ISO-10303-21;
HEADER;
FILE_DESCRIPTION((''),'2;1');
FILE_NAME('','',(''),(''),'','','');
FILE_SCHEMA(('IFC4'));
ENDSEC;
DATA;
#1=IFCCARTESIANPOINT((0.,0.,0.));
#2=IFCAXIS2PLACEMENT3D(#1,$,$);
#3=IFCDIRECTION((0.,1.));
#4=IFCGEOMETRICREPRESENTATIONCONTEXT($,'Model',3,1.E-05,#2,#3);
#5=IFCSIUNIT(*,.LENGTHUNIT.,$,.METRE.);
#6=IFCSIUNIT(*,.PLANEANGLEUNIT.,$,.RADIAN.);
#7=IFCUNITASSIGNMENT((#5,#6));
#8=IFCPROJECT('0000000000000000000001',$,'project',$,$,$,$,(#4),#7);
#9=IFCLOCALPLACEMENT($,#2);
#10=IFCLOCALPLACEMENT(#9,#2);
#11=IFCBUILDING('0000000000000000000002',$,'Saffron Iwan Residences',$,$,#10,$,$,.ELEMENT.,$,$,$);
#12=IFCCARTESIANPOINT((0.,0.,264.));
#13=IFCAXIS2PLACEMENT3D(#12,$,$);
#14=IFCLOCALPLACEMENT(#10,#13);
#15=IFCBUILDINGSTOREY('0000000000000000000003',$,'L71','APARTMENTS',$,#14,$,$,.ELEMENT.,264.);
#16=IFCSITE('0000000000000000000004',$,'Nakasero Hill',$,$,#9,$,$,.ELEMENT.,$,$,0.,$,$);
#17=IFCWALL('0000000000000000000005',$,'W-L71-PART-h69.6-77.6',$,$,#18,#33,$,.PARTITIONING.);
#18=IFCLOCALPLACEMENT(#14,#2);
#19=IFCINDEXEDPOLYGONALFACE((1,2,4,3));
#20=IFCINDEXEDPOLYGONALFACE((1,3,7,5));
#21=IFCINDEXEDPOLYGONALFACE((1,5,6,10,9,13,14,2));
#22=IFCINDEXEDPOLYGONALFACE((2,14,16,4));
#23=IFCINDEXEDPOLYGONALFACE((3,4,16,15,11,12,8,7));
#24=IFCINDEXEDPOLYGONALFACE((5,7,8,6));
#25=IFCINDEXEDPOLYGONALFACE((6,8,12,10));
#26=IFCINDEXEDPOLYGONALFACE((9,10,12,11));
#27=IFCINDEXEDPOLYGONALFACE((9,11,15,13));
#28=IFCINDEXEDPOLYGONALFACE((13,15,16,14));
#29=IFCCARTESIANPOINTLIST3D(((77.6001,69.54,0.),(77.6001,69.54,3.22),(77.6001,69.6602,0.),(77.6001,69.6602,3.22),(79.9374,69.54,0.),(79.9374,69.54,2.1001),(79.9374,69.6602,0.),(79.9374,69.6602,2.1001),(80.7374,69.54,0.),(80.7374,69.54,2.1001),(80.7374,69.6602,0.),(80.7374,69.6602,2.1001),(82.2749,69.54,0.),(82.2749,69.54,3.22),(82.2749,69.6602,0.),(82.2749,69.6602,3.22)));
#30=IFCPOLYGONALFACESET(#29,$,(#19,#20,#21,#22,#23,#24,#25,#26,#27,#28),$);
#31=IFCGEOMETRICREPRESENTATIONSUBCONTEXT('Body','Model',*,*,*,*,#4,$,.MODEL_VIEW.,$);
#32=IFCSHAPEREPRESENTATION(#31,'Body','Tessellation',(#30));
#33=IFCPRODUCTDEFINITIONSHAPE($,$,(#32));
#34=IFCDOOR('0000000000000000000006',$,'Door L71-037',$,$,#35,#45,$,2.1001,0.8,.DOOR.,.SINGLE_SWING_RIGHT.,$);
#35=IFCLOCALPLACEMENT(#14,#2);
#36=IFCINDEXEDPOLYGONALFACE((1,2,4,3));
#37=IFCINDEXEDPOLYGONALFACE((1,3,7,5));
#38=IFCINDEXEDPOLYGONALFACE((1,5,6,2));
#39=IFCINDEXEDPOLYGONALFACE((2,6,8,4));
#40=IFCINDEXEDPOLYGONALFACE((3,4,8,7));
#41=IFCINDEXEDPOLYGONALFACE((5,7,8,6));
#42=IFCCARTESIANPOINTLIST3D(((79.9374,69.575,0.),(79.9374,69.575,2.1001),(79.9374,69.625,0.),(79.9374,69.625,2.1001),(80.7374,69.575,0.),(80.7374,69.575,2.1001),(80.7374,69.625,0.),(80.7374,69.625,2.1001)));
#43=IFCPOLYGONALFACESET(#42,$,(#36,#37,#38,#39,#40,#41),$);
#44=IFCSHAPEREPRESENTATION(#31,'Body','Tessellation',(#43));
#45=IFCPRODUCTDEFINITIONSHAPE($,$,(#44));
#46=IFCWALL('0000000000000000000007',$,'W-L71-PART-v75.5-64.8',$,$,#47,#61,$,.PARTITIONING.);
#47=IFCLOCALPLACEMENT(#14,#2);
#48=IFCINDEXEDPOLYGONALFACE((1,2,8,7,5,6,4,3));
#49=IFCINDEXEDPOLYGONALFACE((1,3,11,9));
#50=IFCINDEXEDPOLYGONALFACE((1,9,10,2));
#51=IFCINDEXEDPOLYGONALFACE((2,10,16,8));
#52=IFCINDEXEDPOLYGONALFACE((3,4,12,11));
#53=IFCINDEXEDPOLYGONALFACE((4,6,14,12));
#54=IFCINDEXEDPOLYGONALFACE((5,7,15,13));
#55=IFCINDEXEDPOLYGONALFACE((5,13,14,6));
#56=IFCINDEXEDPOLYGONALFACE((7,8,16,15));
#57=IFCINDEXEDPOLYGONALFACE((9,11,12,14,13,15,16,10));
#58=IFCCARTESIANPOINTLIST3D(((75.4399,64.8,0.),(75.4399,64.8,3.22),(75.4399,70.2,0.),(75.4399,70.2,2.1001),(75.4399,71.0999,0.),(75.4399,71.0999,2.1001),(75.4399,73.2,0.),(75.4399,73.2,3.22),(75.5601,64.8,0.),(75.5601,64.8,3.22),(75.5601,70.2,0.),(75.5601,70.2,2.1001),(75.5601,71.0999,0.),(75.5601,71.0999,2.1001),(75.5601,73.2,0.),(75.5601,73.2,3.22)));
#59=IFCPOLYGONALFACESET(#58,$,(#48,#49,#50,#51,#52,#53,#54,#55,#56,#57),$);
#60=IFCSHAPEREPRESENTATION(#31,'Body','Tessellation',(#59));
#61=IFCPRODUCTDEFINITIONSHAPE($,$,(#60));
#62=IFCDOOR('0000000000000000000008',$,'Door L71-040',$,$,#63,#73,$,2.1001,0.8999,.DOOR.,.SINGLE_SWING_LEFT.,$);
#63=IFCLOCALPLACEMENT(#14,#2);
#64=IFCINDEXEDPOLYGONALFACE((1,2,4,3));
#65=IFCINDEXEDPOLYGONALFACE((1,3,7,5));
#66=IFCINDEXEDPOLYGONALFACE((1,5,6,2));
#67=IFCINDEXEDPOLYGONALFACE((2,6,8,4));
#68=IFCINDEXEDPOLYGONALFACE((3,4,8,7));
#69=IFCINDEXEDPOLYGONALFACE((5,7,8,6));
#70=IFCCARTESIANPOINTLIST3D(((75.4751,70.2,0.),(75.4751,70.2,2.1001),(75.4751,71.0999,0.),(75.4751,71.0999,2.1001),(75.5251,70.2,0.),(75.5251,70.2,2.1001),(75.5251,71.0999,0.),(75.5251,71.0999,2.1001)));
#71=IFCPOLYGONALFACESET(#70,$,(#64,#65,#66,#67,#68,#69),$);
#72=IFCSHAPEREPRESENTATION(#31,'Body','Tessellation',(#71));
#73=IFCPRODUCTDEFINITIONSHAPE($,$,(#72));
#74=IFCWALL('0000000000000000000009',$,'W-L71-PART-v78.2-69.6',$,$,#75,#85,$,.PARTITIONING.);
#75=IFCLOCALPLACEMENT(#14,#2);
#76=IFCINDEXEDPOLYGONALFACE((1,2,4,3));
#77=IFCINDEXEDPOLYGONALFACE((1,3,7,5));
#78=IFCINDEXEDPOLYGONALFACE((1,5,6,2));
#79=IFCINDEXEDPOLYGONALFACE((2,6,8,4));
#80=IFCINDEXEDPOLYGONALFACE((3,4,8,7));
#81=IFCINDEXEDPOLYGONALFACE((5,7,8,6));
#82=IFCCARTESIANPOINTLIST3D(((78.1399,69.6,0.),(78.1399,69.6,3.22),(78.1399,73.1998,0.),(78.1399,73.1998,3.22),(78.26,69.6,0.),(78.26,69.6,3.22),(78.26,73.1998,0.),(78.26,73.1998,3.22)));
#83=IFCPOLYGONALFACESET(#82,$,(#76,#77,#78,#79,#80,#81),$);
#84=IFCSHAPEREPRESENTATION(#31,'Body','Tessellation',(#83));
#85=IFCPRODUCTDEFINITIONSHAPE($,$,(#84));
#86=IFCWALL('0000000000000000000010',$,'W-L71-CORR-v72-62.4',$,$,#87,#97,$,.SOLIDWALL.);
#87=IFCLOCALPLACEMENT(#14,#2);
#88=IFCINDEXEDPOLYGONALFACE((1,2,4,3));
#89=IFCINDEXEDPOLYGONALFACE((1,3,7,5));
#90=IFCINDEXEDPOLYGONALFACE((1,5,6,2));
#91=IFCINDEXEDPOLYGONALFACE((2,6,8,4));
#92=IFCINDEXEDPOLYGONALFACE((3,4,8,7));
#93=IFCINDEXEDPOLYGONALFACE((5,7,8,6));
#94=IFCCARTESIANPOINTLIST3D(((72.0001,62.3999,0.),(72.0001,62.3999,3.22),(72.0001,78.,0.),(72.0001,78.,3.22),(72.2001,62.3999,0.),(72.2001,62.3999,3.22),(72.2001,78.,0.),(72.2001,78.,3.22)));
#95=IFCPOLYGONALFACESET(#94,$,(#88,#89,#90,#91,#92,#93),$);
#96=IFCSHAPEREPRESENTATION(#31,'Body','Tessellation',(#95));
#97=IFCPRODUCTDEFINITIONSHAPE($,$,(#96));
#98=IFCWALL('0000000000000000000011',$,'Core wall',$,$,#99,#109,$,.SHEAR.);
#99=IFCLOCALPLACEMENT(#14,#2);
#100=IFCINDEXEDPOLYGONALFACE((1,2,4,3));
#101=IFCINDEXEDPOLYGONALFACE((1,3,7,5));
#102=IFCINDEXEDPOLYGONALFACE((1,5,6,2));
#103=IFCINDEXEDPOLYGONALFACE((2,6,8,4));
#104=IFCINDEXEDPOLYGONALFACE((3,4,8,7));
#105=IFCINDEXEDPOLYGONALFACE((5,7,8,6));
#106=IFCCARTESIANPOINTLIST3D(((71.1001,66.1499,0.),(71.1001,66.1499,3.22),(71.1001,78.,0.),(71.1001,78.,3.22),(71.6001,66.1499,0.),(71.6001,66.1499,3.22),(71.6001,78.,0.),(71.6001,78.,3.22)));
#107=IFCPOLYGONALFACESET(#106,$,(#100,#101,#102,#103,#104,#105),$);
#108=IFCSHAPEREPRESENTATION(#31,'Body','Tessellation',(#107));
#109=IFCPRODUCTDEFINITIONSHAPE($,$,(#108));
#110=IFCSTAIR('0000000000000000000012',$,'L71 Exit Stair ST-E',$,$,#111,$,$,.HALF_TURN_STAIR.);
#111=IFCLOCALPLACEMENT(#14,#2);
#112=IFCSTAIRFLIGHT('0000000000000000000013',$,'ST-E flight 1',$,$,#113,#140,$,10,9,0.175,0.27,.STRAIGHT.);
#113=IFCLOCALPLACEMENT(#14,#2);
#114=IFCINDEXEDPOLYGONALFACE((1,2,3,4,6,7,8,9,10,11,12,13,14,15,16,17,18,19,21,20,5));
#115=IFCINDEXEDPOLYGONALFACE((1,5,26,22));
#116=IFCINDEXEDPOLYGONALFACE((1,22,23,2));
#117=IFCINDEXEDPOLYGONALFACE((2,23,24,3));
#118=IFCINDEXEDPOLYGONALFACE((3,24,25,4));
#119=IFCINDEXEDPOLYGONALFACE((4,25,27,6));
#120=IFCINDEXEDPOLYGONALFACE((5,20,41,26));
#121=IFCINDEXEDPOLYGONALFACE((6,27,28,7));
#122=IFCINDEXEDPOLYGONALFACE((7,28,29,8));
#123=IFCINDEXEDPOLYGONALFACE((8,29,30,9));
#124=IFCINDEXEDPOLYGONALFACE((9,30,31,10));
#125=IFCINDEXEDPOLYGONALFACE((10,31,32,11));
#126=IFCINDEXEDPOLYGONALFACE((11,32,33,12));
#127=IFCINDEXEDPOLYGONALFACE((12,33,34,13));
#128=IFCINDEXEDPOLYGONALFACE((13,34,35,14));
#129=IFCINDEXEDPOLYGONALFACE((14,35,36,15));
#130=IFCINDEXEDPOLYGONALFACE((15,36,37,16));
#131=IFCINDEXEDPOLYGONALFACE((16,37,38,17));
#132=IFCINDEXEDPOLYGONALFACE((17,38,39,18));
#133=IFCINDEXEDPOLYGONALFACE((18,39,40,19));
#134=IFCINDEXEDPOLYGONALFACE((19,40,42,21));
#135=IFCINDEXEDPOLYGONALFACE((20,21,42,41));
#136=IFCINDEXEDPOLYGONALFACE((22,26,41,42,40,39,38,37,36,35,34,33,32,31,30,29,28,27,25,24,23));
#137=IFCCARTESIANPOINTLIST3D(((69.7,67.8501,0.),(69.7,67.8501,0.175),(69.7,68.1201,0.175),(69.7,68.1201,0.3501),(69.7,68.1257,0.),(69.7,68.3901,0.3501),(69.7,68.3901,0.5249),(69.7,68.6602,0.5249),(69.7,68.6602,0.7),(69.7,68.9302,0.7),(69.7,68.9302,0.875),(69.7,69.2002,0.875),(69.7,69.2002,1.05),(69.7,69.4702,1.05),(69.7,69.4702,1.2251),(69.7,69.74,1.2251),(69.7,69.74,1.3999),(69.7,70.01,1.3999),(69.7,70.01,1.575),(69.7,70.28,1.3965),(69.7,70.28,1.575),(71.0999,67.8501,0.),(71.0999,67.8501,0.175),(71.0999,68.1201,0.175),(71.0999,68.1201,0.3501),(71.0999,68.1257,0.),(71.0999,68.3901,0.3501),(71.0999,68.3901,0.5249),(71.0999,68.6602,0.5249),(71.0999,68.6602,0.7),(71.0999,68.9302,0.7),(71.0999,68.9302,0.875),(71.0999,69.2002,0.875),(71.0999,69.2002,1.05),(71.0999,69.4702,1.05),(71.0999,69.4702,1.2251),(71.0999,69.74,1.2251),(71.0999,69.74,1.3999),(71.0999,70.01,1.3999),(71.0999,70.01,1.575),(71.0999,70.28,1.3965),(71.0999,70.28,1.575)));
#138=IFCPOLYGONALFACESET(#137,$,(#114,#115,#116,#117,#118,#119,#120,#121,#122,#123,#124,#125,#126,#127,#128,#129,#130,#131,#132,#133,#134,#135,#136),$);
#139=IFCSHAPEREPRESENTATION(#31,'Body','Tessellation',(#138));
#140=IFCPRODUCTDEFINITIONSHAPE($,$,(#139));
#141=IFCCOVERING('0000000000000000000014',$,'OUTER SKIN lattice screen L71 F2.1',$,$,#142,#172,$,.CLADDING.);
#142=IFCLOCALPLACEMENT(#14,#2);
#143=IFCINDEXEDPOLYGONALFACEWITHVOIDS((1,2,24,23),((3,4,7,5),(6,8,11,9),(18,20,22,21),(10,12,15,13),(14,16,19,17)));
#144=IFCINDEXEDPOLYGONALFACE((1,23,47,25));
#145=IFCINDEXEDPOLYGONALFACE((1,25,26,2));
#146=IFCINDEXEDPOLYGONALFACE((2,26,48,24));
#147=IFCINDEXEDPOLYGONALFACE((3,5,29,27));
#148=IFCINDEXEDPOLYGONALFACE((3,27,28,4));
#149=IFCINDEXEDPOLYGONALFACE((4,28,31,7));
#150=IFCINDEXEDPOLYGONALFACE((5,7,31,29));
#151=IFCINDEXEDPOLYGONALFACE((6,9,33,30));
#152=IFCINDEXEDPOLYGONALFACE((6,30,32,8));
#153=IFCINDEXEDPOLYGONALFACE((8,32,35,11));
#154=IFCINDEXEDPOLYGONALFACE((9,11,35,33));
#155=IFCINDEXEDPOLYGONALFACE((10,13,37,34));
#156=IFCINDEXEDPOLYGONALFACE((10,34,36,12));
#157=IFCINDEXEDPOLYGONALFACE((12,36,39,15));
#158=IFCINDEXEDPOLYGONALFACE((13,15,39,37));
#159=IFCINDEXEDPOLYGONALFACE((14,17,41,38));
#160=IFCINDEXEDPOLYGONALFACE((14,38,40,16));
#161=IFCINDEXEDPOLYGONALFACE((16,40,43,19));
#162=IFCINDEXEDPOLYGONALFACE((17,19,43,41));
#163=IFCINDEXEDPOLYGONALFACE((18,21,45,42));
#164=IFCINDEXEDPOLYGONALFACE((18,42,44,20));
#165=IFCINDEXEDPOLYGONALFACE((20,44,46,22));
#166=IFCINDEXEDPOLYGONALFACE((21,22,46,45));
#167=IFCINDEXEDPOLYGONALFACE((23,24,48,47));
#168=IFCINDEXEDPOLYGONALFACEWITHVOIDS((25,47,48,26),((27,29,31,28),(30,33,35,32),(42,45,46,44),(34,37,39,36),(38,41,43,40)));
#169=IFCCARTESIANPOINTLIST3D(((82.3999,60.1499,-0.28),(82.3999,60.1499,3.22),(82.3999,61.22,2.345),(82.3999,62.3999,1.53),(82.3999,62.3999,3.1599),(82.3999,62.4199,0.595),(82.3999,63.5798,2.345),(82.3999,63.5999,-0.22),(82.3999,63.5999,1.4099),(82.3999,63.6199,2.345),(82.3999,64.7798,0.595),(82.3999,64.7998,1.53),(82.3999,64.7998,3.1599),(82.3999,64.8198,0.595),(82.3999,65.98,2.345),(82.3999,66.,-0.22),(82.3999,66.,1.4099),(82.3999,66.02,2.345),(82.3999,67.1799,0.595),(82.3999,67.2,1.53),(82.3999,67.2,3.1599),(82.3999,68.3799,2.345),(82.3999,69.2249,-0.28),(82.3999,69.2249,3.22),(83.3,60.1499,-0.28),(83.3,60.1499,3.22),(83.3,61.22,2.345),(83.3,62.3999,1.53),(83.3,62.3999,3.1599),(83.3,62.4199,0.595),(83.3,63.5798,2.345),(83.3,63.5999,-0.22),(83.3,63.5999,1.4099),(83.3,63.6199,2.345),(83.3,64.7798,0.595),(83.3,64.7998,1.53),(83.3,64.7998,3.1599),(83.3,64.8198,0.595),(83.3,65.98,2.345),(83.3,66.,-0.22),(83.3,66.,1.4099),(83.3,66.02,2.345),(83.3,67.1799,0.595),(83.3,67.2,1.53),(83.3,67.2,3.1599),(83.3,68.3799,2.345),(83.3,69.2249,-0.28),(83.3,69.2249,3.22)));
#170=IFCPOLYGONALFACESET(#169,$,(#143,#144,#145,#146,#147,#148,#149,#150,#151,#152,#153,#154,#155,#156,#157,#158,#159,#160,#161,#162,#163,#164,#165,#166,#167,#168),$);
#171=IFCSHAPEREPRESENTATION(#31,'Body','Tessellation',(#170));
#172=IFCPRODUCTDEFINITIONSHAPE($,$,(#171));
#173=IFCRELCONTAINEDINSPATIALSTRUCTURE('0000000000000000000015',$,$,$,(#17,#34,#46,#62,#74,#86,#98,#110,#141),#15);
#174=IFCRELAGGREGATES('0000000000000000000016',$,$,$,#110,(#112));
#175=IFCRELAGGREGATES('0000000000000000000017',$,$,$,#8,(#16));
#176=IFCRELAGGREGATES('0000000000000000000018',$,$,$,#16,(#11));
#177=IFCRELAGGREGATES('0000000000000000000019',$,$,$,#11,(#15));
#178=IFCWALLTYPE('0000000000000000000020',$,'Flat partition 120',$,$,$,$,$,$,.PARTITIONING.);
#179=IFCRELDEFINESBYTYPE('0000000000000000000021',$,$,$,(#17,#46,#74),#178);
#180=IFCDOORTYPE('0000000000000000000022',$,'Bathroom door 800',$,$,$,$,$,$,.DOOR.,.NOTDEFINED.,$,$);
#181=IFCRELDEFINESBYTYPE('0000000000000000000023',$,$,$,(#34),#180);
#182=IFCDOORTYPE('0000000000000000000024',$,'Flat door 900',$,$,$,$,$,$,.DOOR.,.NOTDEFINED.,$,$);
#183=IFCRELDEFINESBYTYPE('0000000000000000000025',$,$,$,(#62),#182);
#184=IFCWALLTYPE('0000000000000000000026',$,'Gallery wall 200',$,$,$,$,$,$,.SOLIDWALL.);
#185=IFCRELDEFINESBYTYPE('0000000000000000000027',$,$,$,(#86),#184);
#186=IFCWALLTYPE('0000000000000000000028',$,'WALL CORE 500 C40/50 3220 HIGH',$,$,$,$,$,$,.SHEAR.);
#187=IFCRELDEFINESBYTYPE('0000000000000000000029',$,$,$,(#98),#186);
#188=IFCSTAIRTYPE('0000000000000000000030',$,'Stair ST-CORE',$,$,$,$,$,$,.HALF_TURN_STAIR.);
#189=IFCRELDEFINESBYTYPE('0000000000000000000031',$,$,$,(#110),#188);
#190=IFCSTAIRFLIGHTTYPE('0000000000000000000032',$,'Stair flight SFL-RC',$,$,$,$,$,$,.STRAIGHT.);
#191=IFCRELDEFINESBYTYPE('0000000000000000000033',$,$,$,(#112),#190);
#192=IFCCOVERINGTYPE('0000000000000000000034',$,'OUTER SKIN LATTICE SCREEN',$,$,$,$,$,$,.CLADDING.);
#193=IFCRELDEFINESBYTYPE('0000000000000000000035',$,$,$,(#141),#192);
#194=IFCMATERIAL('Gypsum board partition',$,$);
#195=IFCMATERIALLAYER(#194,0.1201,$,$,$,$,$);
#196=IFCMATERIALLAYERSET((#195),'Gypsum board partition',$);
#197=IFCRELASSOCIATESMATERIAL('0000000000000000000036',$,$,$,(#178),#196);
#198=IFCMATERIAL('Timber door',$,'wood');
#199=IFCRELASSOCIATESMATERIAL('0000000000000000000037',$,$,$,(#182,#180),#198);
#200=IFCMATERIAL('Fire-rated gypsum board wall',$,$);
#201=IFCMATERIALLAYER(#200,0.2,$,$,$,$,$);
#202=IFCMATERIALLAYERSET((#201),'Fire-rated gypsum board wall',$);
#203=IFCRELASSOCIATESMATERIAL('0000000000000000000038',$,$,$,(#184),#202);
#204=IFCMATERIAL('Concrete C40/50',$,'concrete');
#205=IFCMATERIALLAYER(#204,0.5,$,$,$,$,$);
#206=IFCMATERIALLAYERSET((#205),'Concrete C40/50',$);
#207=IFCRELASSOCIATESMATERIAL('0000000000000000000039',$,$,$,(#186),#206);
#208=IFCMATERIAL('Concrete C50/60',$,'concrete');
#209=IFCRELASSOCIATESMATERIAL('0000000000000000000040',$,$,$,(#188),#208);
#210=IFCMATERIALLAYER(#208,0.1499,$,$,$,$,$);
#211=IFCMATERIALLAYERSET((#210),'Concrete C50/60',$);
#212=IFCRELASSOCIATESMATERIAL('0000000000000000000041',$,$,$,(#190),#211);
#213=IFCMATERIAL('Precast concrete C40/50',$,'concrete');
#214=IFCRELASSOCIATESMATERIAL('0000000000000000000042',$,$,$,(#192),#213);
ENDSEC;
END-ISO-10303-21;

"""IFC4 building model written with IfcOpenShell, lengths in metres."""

from ifc_helpers import new_model, si_unit, direction, frame, frame_2d, origin, place, context, subcontext, project, spatial, polyline, rectangle, outline, extrude, material, layer, layer_set, type_object, element, fill, aggregate, save


model = new_model("IFC4")

# Units and contexts
model_context = context("Model", 3, precision=1e-05, world=origin(), true_north=direction((0.0, 1.0)))
body_context = subcontext(model_context, "Body", "Model", "MODEL_VIEW")
ifc_project = project(units=[si_unit("LENGTHUNIT", "METRE"), si_unit("PLANEANGLEUNIT", "RADIAN")], contexts=[model_context])

# Site, building, storey
site_placement = place(None, origin())
site = spatial("IfcSite", under=ifc_project, at=site_placement, Name="Nakasero Hill", CompositionType="ELEMENT", RefElevation=0.0)
building_placement = place(site_placement, origin())
building = spatial("IfcBuilding", under=site, at=building_placement, Name="Saffron Iwan Residences", CompositionType="ELEMENT")
storey_placement = place(building_placement, frame((0.0, 0.0, 264.0)))
storey = spatial("IfcBuildingStorey", under=building, at=storey_placement, Name="L71", Description="APARTMENTS", CompositionType="ELEMENT", Elevation=264.0)

# Shared definitions
ifc_material_1 = material(Name="Concrete C40/50", Category="concrete")

# Shared definitions
ifc_material_2 = material(Name="Fire-rated gypsum board wall")

# Shared definitions
ifc_material_3 = material(Name="Gypsum board partition")
ifc_layer_1 = layer(ifc_material_3, 0.1201)
ifc_layer_set_1 = layer_set([ifc_layer_1], Name="Gypsum board partition")
wall_type_1 = type_object("IfcWallType", Name="Flat partition 120", PredefinedType="PARTITIONING", material=ifc_layer_set_1)
ifc_material_4 = material(Name="Timber door", Category="wood")
door_type_1 = type_object("IfcDoorType", Name="Flat door 900", OperationType="NOTDEFINED", PredefinedType="DOOR", material=ifc_material_4)

# Walls, openings, doors
wall_1_placement = place(storey_placement, frame((77.6001, 69.6001, 0.0), z_axis=(0.0, 0.0, 1.0), x_axis=(1.0, 0.0, 0.0)))
wall_1 = element("IfcWall", 1, at=wall_1_placement, inside=storey, type_object=wall_type_1, Name="W-L71-PART-h69.6-77.6", PredefinedType="PARTITIONING", context=body_context, shape_type="SweptSolid", body=[
    extrude(rectangle(XDim=4.6748, YDim=0.1201, at=frame_2d((2.3374, 0.0))), origin(), (0.0, 0.0, 1.0), 3.22),
])
opening_1_placement = place(wall_1_placement, frame((2.3374, 0.0, 0.0)))
opening_1 = element("IfcOpeningElement", 2, at=opening_1_placement, cuts=wall_1, PredefinedType="OPENING", context=body_context, shape_type="SweptSolid", body=[
    extrude(rectangle(XDim=0.8, YDim=2.1001, at=frame_2d((0.3999, 1.05))), frame((0.0, 0.0701, 0.0), z_axis=(0.0, -1.0, 0.0), x_axis=(1.0, 0.0, 0.0)), (0.0, 0.0, 1.0), 0.1401),
])
door_type_2 = type_object("IfcDoorType", Name="Bathroom door 800", OperationType="NOTDEFINED", PredefinedType="DOOR", material=ifc_material_4)
door_1_placement = place(opening_1_placement, origin())
door_1 = element("IfcDoor", 3, at=door_1_placement, inside=storey, type_object=door_type_2, Name="Door L71-037", OperationType="SINGLE_SWING_RIGHT", OverallHeight=2.1001, OverallWidth=0.8, PredefinedType="DOOR", context=body_context, shape_type="SweptSolid", body=[
    extrude(rectangle(XDim=0.8, YDim=2.1001, at=frame_2d((0.3999, 1.05))), frame((0.0, 0.0249, 0.0), z_axis=(0.0, -1.0, 0.0), x_axis=(1.0, 0.0, 0.0)), (0.0, 0.0, 1.0), 0.05),
])
fill(opening_1, door_1)
wall_2_placement = place(storey_placement, frame((75.5, 64.8, 0.0), z_axis=(0.0, 0.0, 1.0), x_axis=(0.0, 1.0, 0.0)))
wall_2 = element("IfcWall", 4, at=wall_2_placement, inside=storey, type_object=wall_type_1, Name="W-L71-PART-v75.5-64.8", PredefinedType="PARTITIONING", context=body_context, shape_type="SweptSolid", body=[
    extrude(rectangle(XDim=8.3999, YDim=0.1201, at=frame_2d((4.2, 0.0))), origin(), (0.0, 0.0, 1.0), 3.22),
])
opening_2_placement = place(wall_2_placement, frame((5.3999, 0.0, 0.0)))
opening_2 = element("IfcOpeningElement", 5, at=opening_2_placement, cuts=wall_2, PredefinedType="OPENING", context=body_context, shape_type="SweptSolid", body=[
    extrude(rectangle(XDim=0.8999, YDim=2.1001, at=frame_2d((0.45, 1.05))), frame((0.0, 0.0701, 0.0), z_axis=(0.0, -1.0, 0.0), x_axis=(1.0, 0.0, 0.0)), (0.0, 0.0, 1.0), 0.1401),
])
door_2_placement = place(opening_2_placement, origin())
door_2 = element("IfcDoor", 6, at=door_2_placement, inside=storey, type_object=door_type_1, Name="Door L71-040", OperationType="SINGLE_SWING_LEFT", OverallHeight=2.1001, OverallWidth=0.8999, PredefinedType="DOOR", context=body_context, shape_type="SweptSolid", body=[
    extrude(rectangle(XDim=0.8999, YDim=2.1001, at=frame_2d((0.45, 1.05))), frame((0.0, 0.0249, 0.0), z_axis=(0.0, -1.0, 0.0), x_axis=(1.0, 0.0, 0.0)), (0.0, 0.0, 1.0), 0.05),
])
fill(opening_2, door_2)

# Walls
wall_3_placement = place(storey_placement, frame((78.2, 69.6001, 0.0), z_axis=(0.0, 0.0, 1.0), x_axis=(0.0, 1.0, 0.0)))
element("IfcWall", 7, at=wall_3_placement, inside=storey, type_object=wall_type_1, Name="W-L71-PART-v78.2-69.6", PredefinedType="PARTITIONING", context=body_context, shape_type="SweptSolid", body=[
    extrude(rectangle(XDim=3.5999, YDim=0.1201, at=frame_2d((1.7998, 0.0))), origin(), (0.0, 0.0, 1.0), 3.22),
])
ifc_layer_2 = layer(ifc_material_2, 0.2)
ifc_layer_set_2 = layer_set([ifc_layer_2], Name="Fire-rated gypsum board wall")
wall_type_2 = type_object("IfcWallType", Name="Gallery wall 200", PredefinedType="SOLIDWALL", material=ifc_layer_set_2)
wall_4_placement = place(storey_placement, frame((72.1001, 62.3999, 0.0), z_axis=(0.0, 0.0, 1.0), x_axis=(0.0, 1.0, 0.0)))
element("IfcWall", 8, at=wall_4_placement, inside=storey, type_object=wall_type_2, Name="W-L71-CORR-v72-62.4", PredefinedType="SOLIDWALL", context=body_context, shape_type="SweptSolid", body=[
    extrude(rectangle(XDim=15.6001, YDim=0.2, at=frame_2d((7.8, 0.0))), origin(), (0.0, 0.0, 1.0), 3.22),
])
ifc_layer_3 = layer(ifc_material_1, 0.5)
ifc_layer_set_3 = layer_set([ifc_layer_3], Name="Concrete C40/50")
wall_type_3 = type_object("IfcWallType", Name="WALL CORE 500 C40/50 3220 HIGH", PredefinedType="SHEAR", material=ifc_layer_set_3)
wall_5_placement = place(storey_placement, frame((71.3501, 66.1499, 0.0), z_axis=(0.0, 0.0, 1.0), x_axis=(0.0, 1.0, 0.0)))
element("IfcWall", 9, at=wall_5_placement, inside=storey, type_object=wall_type_3, Name="Core wall", PredefinedType="SHEAR", context=body_context, shape_type="SweptSolid", body=[
    extrude(rectangle(XDim=11.8501, YDim=0.5, at=frame_2d((5.925, 0.0))), origin(), (0.0, 0.0, 1.0), 3.22),
])

# Stair, stair flight
ifc_material_5 = material(Name="Concrete C50/60", Category="concrete")
stair_type = type_object("IfcStairType", Name="Stair ST-CORE", PredefinedType="HALF_TURN_STAIR", material=ifc_material_5)
stair_placement = place(storey_placement, origin())
stair = element("IfcStair", 10, at=stair_placement, inside=storey, type_object=stair_type, Name="L71 Exit Stair ST-E", PredefinedType="HALF_TURN_STAIR")
ifc_layer_4 = layer(ifc_material_5, 0.1499)
ifc_layer_set_4 = layer_set([ifc_layer_4], Name="Concrete C50/60")
stair_flight_type = type_object("IfcStairFlightType", Name="Stair flight SFL-RC", PredefinedType="STRAIGHT", material=ifc_layer_set_4)
stair_flight_placement = place(storey_placement, frame((70.3999, 67.8501, 0.0), z_axis=(0.0, 0.0, 1.0), x_axis=(0.0, 1.0, 0.0)))
stair_flight = element("IfcStairFlight", 11, at=stair_flight_placement, type_object=stair_flight_type, Name="ST-E flight 1", NumberOfRisers=10, NumberOfTreads=9, PredefinedType="STRAIGHT", RiserHeight=0.175, TreadLength=0.27, context=body_context, shape_type="SweptSolid", body=[
    extrude(outline(polyline([(0.0, 0.0), (0.0, 0.175), (0.27, 0.175), (0.27, 0.3501), (0.54, 0.3501), (0.54, 0.5249), (0.8101, 0.5249), (0.8101, 0.7), (1.0801, 0.7), (1.0801, 0.875), (1.3501, 0.875), (1.3501, 1.05), (1.6201, 1.05), (1.6201, 1.2251), (1.8899, 1.2251), (1.8899, 1.3999), (2.1599, 1.3999), (2.1599, 1.575), (2.4299, 1.575), (2.4299, 1.75), (2.4299, 1.3965), (0.2756, 0.0), (0.0, 0.0)])), frame((0.0, 0.7, 0.0), z_axis=(0.0, -1.0, 0.0), x_axis=(1.0, 0.0, 0.0)), (0.0, 0.0, 1.0), 1.3999),
])
aggregate(stair, [stair_flight])

# Covering
ifc_material_6 = material(Name="Precast concrete C40/50", Category="concrete")
covering_type = type_object("IfcCoveringType", Name="OUTER SKIN LATTICE SCREEN", PredefinedType="CLADDING", material=ifc_material_6)
covering_1_placement = place(storey_placement, frame((82.3999, 60.1499, -0.28), z_axis=(1.0, 0.0, 0.0), x_axis=(0.0, 1.0, 0.0)))
element("IfcCovering", 12, at=covering_1_placement, inside=storey, type_object=covering_type, Name="OUTER SKIN lattice screen L71 F2.1", PredefinedType="CLADDING", context=body_context, shape_type="SweptSolid", body=[
    extrude(outline(polyline([(0.0, 0.0), (9.075, 0.0), (9.075, 3.5), (0.0, 3.5), (0.0, 0.0)]), holes=[polyline([(2.27, 0.875), (3.45, 0.0601), (4.6299, 0.875), (3.45, 1.6899), (2.27, 0.875)]), polyline([(4.6699, 0.875), (5.8501, 0.0601), (7.03, 0.875), (5.8501, 1.6899), (4.6699, 0.875)]), polyline([(1.0701, 2.625), (2.25, 1.8101), (3.4299, 2.625), (2.25, 3.4399), (1.0701, 2.625)]), polyline([(3.47, 2.625), (4.6499, 1.8101), (5.8301, 2.625), (4.6499, 3.4399), (3.47, 2.625)]), polyline([(5.8701, 2.625), (7.05, 1.8101), (8.23, 2.625), (7.05, 3.4399), (5.8701, 2.625)])]), origin(), (0.0, 0.0, 1.0), 0.9001),
])

save(model, "model.ifc")
